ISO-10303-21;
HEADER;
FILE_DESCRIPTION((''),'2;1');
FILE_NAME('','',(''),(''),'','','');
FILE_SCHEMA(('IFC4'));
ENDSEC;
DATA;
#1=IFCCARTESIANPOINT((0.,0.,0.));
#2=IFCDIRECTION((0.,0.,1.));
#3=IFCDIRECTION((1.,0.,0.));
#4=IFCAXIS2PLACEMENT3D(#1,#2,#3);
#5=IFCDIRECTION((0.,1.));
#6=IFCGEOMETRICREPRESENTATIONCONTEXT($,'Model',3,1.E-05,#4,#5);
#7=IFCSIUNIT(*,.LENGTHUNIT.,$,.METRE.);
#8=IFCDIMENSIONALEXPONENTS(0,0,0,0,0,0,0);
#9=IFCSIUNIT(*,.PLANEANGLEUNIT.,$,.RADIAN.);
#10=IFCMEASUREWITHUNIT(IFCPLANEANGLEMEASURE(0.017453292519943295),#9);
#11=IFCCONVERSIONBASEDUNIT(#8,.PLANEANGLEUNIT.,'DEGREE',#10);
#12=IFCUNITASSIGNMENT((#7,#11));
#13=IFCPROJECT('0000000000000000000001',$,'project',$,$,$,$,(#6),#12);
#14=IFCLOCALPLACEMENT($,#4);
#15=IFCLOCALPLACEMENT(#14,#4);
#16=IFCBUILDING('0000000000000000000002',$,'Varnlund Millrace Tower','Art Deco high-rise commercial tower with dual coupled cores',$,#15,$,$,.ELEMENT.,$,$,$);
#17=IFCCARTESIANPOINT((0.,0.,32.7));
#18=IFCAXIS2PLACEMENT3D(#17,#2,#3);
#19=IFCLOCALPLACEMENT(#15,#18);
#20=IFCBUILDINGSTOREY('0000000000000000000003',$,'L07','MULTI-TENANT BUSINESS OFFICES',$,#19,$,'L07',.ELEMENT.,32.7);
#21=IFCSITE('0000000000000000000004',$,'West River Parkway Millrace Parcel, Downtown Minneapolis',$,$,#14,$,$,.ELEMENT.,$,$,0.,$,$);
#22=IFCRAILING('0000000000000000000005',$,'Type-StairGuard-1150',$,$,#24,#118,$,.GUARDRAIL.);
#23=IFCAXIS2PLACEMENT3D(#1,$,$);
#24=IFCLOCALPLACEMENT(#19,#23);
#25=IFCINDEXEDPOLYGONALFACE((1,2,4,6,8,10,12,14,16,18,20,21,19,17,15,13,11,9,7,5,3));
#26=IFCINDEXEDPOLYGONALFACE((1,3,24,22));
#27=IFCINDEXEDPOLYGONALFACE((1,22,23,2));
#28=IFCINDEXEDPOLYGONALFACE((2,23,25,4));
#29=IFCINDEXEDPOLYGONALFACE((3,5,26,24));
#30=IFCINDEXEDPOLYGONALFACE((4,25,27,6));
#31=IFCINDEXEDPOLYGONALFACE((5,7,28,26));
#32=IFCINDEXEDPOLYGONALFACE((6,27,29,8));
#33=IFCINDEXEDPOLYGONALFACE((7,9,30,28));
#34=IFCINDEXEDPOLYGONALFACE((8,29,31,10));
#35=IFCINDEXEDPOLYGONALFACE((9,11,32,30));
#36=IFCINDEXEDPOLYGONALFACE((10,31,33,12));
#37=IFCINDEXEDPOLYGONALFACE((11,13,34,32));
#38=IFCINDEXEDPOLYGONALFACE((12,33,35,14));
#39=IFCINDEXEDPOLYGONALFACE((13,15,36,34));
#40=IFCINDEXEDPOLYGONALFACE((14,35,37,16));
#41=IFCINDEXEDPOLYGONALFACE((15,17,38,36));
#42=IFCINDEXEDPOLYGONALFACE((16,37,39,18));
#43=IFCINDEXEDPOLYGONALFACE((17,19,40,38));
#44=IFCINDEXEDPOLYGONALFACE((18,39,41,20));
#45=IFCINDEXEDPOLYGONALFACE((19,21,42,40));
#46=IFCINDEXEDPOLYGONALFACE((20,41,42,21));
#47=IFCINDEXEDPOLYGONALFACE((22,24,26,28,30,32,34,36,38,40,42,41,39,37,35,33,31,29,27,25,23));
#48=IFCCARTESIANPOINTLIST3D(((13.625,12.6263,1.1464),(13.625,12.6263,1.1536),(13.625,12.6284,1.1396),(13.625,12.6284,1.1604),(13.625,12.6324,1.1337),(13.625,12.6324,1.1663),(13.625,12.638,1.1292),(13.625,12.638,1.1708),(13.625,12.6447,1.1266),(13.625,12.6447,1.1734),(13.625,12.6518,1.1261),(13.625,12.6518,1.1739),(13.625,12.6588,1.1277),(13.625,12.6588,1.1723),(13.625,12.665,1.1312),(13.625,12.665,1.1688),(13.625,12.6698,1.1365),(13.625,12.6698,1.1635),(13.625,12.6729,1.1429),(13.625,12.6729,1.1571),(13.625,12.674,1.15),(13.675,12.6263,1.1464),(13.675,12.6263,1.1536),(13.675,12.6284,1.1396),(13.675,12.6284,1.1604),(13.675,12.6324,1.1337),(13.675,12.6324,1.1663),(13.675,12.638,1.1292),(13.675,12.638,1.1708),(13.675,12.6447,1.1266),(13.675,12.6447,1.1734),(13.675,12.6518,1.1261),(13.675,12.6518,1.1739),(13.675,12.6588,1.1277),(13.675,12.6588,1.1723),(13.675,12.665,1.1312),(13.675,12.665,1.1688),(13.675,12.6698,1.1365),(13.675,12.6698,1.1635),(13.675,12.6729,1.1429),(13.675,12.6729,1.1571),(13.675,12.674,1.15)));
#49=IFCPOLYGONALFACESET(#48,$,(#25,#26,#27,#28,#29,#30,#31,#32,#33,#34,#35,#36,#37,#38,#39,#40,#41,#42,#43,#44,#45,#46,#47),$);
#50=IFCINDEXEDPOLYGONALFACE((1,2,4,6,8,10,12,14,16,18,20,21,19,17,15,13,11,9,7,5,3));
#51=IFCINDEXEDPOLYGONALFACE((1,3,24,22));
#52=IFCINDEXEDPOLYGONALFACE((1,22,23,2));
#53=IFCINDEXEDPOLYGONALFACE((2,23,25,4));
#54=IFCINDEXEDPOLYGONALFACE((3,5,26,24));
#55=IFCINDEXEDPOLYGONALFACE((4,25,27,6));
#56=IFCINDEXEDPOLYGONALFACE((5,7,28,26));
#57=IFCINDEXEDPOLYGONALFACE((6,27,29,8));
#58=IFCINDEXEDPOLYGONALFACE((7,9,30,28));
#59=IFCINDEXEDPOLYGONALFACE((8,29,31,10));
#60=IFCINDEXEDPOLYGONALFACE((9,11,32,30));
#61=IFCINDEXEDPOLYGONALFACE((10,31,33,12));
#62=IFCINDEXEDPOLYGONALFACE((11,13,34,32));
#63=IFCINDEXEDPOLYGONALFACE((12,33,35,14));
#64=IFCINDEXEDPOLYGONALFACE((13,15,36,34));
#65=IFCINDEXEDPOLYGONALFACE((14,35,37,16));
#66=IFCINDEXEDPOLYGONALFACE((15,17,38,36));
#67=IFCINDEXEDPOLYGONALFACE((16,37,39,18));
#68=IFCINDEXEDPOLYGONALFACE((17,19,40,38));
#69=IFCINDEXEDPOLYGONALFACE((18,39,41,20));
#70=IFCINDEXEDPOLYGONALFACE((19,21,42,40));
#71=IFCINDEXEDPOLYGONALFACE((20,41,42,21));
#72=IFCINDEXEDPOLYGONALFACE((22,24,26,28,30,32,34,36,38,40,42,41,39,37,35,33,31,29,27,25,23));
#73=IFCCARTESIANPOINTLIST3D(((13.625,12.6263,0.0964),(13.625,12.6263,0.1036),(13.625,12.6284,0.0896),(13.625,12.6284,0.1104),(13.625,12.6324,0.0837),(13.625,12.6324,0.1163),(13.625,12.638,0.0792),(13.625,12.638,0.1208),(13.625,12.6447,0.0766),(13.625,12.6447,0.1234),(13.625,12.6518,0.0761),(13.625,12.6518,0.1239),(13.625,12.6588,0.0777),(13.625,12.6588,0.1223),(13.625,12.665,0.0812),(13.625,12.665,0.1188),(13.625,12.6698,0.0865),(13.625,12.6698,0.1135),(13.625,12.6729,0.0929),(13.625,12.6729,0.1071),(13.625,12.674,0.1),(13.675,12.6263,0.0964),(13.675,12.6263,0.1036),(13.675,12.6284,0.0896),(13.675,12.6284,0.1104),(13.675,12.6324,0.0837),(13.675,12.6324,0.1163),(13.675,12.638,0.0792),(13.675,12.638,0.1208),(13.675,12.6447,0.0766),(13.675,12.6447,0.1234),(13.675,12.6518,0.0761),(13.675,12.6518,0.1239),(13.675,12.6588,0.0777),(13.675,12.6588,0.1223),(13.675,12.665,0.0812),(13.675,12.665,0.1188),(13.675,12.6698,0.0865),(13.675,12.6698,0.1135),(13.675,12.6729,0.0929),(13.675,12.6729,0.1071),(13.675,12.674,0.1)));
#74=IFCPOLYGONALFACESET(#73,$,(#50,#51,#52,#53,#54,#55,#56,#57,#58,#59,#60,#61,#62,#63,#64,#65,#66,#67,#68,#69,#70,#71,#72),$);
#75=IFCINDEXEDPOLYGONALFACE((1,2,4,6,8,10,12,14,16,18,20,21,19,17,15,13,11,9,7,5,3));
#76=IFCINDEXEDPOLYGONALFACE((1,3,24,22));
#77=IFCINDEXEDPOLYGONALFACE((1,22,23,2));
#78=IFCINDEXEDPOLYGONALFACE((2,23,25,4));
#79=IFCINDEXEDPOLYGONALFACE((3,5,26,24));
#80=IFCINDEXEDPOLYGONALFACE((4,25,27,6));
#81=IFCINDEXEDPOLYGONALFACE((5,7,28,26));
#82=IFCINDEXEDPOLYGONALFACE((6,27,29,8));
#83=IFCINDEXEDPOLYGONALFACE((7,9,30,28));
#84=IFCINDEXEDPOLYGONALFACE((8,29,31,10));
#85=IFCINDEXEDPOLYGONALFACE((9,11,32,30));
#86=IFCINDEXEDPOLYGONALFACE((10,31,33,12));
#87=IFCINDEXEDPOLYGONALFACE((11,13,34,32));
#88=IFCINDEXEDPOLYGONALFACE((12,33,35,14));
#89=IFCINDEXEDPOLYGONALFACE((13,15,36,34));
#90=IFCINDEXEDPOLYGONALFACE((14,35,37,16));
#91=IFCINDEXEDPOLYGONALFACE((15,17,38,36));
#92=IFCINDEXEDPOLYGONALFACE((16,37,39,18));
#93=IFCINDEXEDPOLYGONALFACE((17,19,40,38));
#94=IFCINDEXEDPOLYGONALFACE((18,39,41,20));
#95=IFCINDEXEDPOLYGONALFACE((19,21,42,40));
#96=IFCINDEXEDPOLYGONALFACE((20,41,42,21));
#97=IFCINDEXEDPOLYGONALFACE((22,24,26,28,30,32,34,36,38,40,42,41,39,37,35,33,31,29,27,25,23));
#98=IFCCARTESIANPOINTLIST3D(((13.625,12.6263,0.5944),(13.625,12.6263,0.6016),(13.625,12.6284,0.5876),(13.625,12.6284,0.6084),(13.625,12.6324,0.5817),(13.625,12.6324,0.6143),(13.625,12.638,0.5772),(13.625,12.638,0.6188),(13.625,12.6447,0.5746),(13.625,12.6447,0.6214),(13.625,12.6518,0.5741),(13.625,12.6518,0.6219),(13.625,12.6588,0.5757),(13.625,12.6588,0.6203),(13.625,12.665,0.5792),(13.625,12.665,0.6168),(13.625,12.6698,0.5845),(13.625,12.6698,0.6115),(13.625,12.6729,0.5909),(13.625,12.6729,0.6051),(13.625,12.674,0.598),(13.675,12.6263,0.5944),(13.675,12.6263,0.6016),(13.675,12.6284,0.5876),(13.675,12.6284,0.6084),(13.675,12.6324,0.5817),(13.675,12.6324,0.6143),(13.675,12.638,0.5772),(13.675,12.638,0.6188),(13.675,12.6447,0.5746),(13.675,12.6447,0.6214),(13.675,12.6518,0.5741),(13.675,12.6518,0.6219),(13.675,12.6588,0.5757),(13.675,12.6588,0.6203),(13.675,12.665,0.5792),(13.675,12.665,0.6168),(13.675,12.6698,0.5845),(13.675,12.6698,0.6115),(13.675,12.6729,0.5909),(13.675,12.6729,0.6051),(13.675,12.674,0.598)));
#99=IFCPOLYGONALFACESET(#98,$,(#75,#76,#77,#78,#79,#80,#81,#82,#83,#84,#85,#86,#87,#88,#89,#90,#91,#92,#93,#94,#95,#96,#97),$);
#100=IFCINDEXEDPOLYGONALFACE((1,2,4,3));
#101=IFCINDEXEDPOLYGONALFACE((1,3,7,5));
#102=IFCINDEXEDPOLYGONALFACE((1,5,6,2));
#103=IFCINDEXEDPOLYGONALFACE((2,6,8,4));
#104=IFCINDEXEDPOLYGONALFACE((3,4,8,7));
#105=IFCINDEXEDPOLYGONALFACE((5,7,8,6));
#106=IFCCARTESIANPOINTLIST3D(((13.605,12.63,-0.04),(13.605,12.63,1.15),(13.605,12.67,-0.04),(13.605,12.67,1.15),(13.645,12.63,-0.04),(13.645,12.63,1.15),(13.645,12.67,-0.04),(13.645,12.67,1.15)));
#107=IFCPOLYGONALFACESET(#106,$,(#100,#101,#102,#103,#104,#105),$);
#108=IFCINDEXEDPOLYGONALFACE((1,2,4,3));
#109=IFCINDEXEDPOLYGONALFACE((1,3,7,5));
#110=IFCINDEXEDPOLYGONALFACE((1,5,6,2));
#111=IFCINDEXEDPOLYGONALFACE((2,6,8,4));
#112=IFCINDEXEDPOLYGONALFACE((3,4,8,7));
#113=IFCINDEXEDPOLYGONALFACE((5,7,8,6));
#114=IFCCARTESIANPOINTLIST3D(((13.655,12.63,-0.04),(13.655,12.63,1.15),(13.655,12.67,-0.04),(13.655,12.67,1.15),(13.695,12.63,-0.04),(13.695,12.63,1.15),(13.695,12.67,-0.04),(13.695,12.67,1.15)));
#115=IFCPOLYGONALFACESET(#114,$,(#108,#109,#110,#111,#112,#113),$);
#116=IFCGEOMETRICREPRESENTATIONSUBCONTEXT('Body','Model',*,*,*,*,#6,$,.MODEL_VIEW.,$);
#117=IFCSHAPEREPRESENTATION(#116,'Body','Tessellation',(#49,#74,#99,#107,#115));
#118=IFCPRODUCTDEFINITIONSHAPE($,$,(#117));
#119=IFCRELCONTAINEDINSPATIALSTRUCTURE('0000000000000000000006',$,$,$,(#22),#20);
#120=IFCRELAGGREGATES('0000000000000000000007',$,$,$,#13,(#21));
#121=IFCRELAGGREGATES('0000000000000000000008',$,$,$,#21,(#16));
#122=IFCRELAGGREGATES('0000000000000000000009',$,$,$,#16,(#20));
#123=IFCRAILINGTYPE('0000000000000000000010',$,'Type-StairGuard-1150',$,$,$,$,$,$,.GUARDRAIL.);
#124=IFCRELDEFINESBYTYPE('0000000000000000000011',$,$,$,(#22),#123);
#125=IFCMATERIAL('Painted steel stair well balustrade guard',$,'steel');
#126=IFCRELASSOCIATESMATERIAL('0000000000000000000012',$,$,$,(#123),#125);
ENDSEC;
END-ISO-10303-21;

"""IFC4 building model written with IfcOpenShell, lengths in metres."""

from ifc_helpers import new_model, entity, si_unit, converted_unit, direction, frame, origin_with_axes, origin_2d_with_axis, place, context, subcontext, project, spatial, rectangle, circle, extrude, material, type_object, element, save


model = new_model("IFC4")

# Units and contexts
model_context = context("Model", 3, precision=1e-05, world=origin_with_axes(), true_north=direction((0.0, 1.0)))
body_context = subcontext(model_context, "Body", "Model", "MODEL_VIEW")
ifc_project = project(units=[si_unit("LENGTHUNIT", "METRE"), converted_unit("PLANEANGLEUNIT", "DEGREE", entity("IfcPlaneAngleMeasure", 0.017453292519943295), si_unit("PLANEANGLEUNIT", "RADIAN"), dimensions=[0, 0, 0, 0, 0, 0, 0])], contexts=[model_context])

# Site, building, storey
site_placement = place(None, origin_with_axes())
site = spatial("IfcSite", under=ifc_project, at=site_placement, Name="West River Parkway Millrace Parcel, Downtown Minneapolis", CompositionType="ELEMENT", RefElevation=0.0)
building_placement = place(site_placement, origin_with_axes())
building = spatial("IfcBuilding", under=site, at=building_placement, Name="Varnlund Millrace Tower", Description="Art Deco high-rise commercial tower with dual coupled cores", CompositionType="ELEMENT")
storey_placement = place(building_placement, frame((0.0, 0.0, 32.7), z_axis=(0.0, 0.0, 1.0), x_axis=(1.0, 0.0, 0.0)))
storey = spatial("IfcBuildingStorey", under=building, at=storey_placement, Name="L07", Description="MULTI-TENANT BUSINESS OFFICES", LongName="L07", CompositionType="ELEMENT", Elevation=32.7)

# Railing
ifc_material_1 = material(Name="Painted steel stair well balustrade guard", Category="steel")
railing_type_1 = type_object("IfcRailingType", Name="Type-StairGuard-1150", PredefinedType="GUARDRAIL", material=ifc_material_1)
railing_1_placement = place(storey_placement, frame((0.0, 0.0, -32.7), z_axis=(0.0, 0.0, 1.0), x_axis=(1.0, 0.0, 0.0)))
element("IfcRailing", 1, at=railing_1_placement, inside=storey, type_object=railing_type_1, Name="Type-StairGuard-1150", PredefinedType="GUARDRAIL", context=body_context, shape_type="SweptSolid", body=[
    extrude(circle(Radius=0.024, at=origin_2d_with_axis()), frame((13.625, 12.65, 33.85), z_axis=(1.0, 0.0, 0.0), x_axis=(0.0, 1.0, 0.0)), (0.0, 0.0, 1.0), 0.05),
    extrude(circle(Radius=0.024, at=origin_2d_with_axis()), frame((13.625, 12.65, 32.8), z_axis=(1.0, 0.0, 0.0), x_axis=(0.0, 1.0, 0.0)), (0.0, 0.0, 1.0), 0.05),
    extrude(circle(Radius=0.024, at=origin_2d_with_axis()), frame((13.625, 12.65, 33.298), z_axis=(1.0, 0.0, 0.0), x_axis=(0.0, 1.0, 0.0)), (0.0, 0.0, 1.0), 0.05),
    extrude(rectangle(XDim=0.04, YDim=0.04, at=origin_2d_with_axis()), frame((13.625, 12.65, 32.66), z_axis=(0.0, 0.0, 1.0), x_axis=(1.0, 0.0, 0.0)), (0.0, 0.0, 1.0), 1.19),
    extrude(rectangle(XDim=0.04, YDim=0.04, at=origin_2d_with_axis()), frame((13.675, 12.65, 32.66), z_axis=(0.0, 0.0, 1.0), x_axis=(1.0, 0.0, 0.0)), (0.0, 0.0, 1.0), 1.19),
])

save(model, "model.ifc")
